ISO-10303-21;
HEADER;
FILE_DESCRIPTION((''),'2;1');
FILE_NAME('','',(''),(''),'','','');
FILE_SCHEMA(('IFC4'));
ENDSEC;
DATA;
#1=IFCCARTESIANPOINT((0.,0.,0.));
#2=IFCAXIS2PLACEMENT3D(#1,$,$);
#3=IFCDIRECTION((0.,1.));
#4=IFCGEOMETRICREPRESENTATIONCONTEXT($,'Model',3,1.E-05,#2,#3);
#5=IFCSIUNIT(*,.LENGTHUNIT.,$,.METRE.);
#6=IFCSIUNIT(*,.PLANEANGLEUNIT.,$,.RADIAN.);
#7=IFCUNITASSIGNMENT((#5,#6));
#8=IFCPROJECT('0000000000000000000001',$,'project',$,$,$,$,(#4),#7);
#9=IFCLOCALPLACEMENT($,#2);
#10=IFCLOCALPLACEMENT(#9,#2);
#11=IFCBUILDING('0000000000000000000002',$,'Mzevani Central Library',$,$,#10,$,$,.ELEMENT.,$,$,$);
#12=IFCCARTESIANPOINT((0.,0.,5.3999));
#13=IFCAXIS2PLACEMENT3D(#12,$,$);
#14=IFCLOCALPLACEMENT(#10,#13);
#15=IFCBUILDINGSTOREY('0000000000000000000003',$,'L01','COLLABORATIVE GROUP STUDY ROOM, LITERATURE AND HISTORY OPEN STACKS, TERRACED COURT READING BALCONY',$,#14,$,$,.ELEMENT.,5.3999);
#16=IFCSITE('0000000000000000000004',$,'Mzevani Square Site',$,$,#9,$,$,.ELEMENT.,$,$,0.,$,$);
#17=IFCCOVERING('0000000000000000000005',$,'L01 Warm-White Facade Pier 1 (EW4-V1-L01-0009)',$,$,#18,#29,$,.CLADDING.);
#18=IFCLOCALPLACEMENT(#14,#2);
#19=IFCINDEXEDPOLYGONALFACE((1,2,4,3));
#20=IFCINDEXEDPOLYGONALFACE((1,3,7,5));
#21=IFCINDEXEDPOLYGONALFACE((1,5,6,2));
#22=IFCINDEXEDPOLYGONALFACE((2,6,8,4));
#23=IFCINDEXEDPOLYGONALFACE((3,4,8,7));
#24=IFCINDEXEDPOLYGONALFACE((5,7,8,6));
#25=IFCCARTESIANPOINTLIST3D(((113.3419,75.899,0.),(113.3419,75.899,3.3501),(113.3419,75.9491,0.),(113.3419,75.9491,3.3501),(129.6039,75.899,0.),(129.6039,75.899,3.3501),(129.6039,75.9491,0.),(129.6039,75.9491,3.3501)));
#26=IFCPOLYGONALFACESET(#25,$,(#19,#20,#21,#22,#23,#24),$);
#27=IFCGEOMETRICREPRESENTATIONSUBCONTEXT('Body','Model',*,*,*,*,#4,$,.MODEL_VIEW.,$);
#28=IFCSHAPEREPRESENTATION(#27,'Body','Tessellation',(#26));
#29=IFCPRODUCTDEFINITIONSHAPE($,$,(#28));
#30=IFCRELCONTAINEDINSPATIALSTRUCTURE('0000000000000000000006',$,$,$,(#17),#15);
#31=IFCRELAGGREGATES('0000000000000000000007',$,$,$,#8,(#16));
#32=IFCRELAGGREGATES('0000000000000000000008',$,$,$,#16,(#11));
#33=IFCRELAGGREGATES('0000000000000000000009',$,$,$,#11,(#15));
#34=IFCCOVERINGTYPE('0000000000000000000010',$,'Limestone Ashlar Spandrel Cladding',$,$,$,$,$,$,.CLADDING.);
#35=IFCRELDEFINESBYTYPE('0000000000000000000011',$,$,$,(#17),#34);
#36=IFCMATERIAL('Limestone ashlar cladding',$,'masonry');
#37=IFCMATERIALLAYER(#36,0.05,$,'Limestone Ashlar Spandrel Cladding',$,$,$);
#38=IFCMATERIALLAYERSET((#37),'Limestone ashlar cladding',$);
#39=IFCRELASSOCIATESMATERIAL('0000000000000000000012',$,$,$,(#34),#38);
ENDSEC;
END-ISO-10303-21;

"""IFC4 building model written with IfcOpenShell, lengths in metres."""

from ifc_helpers import new_model, si_unit, direction, frame, origin, origin_2d, place, context, subcontext, project, spatial, rectangle, extrude, material, layer, layer_set, type_object, element, save


model = new_model("IFC4")

# Units and contexts
model_context = context("Model", 3, precision=1e-05, world=origin(), true_north=direction((0.0, 1.0)))
body_context = subcontext(model_context, "Body", "Model", "MODEL_VIEW")
ifc_project = project(units=[si_unit("LENGTHUNIT", "METRE"), si_unit("PLANEANGLEUNIT", "RADIAN")], contexts=[model_context])

# Site, building, storey
site_placement = place(None, origin())
site = spatial("IfcSite", under=ifc_project, at=site_placement, Name="Mzevani Square Site", CompositionType="ELEMENT", RefElevation=0.0)
building_placement = place(site_placement, origin())
building = spatial("IfcBuilding", under=site, at=building_placement, Name="Mzevani Central Library", CompositionType="ELEMENT")
storey_placement = place(building_placement, frame((0.0, 0.0, 5.3999)))
storey = spatial("IfcBuildingStorey", under=building, at=storey_placement, Name="L01", Description="COLLABORATIVE GROUP STUDY ROOM, LITERATURE AND HISTORY OPEN STACKS, TERRACED COURT READING BALCONY", CompositionType="ELEMENT", Elevation=5.3999)

# Covering
ifc_material_1 = material(Name="Limestone ashlar cladding", Category="masonry")
ifc_layer_1 = layer(ifc_material_1, 0.05, Name="Limestone Ashlar Spandrel Cladding")
ifc_layer_set_1 = layer_set([ifc_layer_1], Name="Limestone ashlar cladding")
covering_type = type_object("IfcCoveringType", Name="Limestone Ashlar Spandrel Cladding", PredefinedType="CLADDING", material=ifc_layer_set_1)
covering_placement = place(storey_placement, frame((121.4729, 75.9241, 0.0), z_axis=(0.0, 0.0, 1.0), x_axis=(1.0, 0.0, 0.0)))
element("IfcCovering", 1, at=covering_placement, inside=storey, type_object=covering_type, Name="L01 Warm-White Facade Pier 1 (EW4-V1-L01-0009)", PredefinedType="CLADDING", context=body_context, shape_type="SweptSolid", body=[
    extrude(rectangle(XDim=16.262, YDim=0.05, at=origin_2d()), origin(), (0.0, 0.0, 1.0), 3.3501),
])

save(model, "model.ifc")
